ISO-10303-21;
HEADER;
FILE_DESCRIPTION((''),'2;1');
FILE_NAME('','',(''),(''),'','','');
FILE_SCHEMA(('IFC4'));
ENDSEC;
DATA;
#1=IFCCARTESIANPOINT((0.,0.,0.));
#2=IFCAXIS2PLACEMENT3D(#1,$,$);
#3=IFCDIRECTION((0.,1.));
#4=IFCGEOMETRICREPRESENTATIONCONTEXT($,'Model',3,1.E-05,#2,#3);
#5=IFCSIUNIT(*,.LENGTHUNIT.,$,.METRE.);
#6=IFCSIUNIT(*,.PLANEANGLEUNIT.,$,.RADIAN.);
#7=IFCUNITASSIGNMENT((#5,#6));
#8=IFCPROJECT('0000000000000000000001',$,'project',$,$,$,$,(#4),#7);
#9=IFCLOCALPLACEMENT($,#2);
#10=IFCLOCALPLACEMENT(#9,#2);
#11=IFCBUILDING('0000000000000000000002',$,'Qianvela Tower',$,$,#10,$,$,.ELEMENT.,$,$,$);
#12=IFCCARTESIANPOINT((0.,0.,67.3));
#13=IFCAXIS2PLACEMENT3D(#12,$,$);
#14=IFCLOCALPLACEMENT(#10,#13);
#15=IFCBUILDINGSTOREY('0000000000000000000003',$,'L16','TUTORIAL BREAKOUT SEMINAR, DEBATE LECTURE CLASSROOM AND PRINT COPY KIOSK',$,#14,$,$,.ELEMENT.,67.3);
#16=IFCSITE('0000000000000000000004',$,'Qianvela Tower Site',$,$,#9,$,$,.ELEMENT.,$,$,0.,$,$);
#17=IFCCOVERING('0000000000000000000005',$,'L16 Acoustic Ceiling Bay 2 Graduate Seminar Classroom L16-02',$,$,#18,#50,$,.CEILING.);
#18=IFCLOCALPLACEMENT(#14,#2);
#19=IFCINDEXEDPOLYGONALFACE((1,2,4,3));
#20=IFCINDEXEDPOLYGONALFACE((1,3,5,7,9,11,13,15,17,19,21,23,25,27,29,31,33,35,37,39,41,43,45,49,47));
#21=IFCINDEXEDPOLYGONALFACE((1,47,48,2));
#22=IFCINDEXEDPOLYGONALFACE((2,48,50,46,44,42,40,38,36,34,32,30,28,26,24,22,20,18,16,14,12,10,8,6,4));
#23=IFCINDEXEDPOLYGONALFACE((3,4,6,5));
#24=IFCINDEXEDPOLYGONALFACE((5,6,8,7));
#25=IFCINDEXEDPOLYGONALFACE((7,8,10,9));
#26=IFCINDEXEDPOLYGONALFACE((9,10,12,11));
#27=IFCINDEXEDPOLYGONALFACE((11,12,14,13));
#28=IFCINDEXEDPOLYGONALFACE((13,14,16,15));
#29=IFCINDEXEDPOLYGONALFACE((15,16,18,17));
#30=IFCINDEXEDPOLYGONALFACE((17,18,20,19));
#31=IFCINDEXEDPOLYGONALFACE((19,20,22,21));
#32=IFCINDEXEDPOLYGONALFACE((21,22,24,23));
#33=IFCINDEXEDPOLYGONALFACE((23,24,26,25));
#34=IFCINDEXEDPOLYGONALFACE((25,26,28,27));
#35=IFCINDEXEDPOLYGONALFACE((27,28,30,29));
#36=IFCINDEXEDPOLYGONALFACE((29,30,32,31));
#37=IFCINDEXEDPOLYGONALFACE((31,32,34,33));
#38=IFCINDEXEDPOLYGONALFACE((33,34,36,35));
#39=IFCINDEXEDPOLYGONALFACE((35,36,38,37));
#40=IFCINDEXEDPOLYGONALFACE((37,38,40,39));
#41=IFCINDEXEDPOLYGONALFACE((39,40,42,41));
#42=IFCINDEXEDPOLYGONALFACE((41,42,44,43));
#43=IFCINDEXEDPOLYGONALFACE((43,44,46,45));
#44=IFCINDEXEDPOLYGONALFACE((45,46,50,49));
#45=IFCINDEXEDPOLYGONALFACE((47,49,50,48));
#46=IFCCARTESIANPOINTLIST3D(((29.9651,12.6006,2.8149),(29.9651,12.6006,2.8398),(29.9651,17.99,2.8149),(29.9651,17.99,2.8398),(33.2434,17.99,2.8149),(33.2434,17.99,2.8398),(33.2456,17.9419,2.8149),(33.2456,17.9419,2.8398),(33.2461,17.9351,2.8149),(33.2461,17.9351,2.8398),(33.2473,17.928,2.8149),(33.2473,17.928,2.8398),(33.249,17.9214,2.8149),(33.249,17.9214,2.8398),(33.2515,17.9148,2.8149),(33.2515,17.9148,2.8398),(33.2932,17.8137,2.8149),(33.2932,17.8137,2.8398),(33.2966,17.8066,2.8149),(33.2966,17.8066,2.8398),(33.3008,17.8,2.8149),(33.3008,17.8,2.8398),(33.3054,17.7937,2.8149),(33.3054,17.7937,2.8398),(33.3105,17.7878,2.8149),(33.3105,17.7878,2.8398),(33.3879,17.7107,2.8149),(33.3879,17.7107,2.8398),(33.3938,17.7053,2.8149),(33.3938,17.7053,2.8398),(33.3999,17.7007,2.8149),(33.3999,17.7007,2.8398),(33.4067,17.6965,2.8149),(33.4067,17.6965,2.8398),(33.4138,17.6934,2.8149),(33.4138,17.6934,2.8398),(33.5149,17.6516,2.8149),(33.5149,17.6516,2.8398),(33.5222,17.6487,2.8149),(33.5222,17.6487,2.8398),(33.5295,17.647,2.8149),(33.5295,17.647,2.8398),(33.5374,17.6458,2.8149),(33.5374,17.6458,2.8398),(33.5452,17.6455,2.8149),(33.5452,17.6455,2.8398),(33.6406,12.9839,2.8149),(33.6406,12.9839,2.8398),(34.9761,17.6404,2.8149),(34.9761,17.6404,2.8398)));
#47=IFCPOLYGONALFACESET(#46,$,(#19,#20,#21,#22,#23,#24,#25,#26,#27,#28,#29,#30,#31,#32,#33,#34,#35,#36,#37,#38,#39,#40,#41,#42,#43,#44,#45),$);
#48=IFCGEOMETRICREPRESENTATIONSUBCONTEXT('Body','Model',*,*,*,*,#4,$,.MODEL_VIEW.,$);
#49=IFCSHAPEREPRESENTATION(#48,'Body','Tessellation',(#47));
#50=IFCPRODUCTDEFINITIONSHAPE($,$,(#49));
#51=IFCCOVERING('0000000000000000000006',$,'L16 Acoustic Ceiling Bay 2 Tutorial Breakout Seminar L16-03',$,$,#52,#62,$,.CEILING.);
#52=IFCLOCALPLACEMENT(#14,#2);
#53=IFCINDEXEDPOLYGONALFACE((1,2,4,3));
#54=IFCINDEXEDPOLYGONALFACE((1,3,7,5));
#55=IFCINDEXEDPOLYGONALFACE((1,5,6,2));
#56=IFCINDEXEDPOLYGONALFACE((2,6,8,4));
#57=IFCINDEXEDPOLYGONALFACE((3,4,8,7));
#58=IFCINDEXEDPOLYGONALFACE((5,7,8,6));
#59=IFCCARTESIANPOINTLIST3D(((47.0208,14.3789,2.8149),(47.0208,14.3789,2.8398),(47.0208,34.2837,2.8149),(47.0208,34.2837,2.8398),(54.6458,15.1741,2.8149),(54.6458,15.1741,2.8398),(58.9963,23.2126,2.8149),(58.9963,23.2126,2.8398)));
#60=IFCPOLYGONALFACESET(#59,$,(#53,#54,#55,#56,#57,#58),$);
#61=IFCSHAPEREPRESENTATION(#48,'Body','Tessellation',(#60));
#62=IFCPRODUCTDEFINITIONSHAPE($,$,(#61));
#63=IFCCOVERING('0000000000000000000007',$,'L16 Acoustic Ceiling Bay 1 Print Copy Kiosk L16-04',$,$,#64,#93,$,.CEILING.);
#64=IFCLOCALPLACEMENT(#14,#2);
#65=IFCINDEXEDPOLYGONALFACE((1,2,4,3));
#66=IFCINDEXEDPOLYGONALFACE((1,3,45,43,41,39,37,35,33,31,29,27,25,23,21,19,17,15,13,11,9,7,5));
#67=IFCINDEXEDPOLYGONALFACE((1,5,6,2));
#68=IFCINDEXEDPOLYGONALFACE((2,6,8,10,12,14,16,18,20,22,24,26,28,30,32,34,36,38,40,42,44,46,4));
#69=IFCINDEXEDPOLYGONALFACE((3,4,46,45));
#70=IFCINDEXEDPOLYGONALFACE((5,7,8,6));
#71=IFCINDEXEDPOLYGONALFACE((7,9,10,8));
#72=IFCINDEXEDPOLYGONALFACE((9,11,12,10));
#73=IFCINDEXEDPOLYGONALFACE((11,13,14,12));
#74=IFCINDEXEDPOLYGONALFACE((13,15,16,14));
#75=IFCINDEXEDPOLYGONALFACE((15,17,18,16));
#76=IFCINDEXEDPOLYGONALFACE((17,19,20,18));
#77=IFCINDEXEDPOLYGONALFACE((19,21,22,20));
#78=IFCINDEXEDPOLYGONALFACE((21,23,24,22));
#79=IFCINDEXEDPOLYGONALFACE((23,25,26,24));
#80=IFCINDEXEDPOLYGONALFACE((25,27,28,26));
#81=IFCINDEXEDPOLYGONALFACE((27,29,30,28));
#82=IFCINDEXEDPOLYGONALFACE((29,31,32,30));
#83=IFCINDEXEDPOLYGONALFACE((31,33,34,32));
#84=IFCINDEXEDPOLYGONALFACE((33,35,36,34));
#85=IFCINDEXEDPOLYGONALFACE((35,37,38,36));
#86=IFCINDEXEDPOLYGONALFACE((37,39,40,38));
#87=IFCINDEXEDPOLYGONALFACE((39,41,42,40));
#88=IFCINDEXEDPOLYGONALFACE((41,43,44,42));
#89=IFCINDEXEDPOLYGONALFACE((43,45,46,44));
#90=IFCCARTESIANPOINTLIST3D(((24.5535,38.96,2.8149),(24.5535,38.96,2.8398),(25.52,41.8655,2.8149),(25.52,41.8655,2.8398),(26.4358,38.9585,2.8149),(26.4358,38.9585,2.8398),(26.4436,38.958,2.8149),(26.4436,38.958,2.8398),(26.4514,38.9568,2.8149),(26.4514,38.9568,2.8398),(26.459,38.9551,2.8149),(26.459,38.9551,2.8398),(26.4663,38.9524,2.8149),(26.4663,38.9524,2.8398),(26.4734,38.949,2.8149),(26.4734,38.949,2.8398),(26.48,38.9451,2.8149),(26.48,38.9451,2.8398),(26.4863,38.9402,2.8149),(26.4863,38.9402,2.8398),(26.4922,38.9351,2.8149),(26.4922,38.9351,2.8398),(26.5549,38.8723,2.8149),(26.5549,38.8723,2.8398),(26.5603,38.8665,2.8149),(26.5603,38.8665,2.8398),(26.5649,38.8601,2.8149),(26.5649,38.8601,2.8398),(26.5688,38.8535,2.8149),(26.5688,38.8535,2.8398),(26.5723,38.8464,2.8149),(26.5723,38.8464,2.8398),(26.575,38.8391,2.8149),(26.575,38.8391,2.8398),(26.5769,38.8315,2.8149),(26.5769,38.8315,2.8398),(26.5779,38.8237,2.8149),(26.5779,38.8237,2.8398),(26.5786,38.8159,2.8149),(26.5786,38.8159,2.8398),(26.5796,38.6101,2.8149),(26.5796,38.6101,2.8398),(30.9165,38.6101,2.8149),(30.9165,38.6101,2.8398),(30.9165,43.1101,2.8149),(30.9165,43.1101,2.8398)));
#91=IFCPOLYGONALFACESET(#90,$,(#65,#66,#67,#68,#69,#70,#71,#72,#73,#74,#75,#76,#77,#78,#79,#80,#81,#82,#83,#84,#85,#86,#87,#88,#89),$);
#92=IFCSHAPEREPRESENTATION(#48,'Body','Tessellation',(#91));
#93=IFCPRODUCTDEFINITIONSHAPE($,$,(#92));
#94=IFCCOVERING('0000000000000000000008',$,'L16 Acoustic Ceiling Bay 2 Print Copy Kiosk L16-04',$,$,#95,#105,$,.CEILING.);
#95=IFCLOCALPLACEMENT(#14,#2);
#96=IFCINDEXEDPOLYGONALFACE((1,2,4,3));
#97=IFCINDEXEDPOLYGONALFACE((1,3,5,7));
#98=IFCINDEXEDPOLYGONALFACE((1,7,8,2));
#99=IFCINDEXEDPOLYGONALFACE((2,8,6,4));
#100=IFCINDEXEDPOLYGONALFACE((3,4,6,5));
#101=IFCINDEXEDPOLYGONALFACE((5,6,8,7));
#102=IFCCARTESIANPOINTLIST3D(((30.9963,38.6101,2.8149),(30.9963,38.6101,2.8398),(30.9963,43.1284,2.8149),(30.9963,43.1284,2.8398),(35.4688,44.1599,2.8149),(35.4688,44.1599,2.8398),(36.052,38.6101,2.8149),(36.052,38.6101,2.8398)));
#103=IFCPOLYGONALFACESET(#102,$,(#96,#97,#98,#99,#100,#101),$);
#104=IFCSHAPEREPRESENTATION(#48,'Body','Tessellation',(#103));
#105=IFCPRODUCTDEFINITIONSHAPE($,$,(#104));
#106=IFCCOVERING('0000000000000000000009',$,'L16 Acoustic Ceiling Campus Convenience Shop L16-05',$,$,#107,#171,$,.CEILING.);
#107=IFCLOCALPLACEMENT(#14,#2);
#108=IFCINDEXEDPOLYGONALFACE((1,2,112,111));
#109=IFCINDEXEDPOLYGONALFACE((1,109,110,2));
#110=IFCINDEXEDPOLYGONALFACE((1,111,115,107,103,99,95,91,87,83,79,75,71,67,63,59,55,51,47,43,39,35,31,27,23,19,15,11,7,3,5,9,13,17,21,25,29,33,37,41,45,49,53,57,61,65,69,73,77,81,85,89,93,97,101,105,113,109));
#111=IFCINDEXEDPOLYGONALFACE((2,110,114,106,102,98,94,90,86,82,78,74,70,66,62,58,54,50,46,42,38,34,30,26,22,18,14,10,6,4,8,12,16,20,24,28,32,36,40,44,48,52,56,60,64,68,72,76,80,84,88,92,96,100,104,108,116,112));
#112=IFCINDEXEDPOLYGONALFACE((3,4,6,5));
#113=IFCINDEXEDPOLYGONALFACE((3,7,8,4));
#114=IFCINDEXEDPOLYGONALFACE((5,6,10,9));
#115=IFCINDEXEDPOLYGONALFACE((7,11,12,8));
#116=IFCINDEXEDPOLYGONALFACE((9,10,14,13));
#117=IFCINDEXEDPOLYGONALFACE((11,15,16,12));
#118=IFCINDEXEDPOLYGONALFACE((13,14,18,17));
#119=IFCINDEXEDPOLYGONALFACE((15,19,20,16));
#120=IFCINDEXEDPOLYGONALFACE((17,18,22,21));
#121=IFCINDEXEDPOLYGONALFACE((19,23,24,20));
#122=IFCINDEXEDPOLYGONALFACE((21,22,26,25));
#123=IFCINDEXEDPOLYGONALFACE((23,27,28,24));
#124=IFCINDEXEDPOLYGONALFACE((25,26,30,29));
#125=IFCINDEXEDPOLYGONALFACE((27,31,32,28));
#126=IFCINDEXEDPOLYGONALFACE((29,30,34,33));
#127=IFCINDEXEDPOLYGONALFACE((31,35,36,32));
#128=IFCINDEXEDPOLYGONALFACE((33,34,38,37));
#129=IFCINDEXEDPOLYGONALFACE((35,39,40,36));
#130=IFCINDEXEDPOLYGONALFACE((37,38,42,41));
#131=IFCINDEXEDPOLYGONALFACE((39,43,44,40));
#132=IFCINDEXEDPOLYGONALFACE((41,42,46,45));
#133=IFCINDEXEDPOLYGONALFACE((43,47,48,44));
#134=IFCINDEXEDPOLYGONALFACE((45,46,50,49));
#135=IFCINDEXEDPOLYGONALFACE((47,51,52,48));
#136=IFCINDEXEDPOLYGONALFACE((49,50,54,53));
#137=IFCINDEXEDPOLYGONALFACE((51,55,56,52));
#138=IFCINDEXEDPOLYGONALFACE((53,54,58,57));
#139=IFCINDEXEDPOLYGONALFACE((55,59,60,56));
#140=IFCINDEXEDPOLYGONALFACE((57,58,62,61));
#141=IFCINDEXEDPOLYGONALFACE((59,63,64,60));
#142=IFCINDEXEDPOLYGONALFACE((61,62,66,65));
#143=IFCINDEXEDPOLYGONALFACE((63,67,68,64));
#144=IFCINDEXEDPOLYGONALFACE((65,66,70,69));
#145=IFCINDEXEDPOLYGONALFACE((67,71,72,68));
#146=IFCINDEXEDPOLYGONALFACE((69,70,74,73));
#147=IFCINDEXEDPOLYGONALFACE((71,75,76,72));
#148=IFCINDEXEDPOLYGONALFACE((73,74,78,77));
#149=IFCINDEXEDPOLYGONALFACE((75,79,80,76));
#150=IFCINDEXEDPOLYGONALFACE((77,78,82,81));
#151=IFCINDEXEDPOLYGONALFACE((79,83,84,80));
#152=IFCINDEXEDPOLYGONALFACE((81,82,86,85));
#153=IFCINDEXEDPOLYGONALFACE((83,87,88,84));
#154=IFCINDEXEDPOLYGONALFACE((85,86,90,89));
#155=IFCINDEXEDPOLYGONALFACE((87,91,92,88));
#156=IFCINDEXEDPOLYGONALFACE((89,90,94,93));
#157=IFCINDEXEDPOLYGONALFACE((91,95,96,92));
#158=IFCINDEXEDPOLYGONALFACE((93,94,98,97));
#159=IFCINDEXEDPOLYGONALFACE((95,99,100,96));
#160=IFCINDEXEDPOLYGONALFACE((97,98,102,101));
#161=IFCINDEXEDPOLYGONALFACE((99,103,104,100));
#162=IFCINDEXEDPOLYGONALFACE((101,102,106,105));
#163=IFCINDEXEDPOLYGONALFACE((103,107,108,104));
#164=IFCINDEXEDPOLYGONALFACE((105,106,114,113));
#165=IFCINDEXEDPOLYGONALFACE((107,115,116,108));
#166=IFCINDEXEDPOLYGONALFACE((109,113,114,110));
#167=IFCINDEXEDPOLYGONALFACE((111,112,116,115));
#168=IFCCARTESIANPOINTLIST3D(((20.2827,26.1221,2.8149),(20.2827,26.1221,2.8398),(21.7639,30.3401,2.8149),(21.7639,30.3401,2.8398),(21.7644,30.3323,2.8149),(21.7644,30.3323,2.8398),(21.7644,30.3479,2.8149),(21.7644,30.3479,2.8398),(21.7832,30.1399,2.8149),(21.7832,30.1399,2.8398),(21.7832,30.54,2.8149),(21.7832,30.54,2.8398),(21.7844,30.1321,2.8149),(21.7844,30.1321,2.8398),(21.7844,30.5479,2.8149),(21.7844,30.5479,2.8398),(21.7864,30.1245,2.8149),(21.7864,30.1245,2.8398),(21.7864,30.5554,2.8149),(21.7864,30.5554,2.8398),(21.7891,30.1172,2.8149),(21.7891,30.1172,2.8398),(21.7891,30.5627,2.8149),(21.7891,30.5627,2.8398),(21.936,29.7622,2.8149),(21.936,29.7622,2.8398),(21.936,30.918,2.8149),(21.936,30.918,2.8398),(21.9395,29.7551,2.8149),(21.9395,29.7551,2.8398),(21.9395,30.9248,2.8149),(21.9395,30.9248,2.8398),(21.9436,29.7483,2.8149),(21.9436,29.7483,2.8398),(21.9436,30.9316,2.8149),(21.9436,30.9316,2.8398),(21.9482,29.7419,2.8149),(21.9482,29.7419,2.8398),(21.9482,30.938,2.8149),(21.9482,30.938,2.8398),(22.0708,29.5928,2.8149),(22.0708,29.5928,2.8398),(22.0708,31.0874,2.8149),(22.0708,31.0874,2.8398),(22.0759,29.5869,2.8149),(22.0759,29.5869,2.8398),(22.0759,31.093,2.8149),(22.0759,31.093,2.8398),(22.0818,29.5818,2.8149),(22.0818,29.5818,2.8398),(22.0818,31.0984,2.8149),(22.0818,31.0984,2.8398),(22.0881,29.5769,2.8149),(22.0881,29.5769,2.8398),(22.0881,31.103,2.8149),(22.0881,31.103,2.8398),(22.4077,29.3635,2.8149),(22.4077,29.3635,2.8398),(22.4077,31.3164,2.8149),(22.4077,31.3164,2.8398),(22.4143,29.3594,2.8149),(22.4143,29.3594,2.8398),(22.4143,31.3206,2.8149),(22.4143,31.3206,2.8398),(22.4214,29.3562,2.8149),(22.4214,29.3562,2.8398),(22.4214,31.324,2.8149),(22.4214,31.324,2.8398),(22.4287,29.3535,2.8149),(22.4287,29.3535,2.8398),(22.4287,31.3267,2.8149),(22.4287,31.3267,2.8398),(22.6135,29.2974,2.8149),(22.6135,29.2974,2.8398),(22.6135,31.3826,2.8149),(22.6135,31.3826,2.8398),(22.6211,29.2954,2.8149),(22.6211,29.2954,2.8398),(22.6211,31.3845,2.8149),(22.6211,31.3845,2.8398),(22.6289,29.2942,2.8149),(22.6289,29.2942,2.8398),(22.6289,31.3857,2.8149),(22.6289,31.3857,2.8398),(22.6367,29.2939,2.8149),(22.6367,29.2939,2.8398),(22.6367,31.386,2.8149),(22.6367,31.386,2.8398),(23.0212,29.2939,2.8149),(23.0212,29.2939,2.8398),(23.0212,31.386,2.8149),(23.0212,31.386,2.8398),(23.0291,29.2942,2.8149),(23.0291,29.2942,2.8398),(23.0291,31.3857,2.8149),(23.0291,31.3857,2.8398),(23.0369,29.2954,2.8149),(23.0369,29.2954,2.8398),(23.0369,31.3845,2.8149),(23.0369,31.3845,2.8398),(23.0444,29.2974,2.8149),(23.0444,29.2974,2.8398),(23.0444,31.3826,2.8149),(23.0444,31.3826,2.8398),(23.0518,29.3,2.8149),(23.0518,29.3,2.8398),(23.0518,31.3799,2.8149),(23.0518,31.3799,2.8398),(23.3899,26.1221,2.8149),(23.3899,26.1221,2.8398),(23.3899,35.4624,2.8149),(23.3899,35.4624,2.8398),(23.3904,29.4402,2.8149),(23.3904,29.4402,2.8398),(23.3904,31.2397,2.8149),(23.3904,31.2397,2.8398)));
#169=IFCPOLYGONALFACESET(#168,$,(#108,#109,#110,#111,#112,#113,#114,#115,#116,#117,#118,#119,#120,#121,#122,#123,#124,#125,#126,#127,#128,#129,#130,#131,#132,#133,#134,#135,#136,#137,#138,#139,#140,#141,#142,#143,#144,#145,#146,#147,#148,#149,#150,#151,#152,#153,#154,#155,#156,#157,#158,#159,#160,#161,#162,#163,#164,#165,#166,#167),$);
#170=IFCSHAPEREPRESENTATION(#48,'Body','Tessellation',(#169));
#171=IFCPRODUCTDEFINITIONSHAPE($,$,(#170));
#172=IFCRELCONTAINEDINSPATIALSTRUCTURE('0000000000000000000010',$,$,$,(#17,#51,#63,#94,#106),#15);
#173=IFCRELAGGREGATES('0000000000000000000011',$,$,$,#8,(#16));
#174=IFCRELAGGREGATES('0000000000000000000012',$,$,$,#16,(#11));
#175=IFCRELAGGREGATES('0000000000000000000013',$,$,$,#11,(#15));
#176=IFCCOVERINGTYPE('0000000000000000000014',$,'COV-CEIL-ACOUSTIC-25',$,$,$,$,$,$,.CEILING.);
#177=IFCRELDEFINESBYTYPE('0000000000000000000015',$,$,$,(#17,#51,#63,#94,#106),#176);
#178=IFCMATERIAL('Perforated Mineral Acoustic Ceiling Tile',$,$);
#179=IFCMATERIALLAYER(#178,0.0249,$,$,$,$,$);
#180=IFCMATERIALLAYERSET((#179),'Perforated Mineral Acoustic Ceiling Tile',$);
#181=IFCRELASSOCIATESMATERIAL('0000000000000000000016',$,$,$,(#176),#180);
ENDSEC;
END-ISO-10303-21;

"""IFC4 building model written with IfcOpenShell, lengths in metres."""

from ifc_helpers import new_model, si_unit, direction, frame, origin, place, context, subcontext, project, spatial, polyline, outline, extrude, material, layer, layer_set, type_object, element, save


model = new_model("IFC4")

# Units and contexts
model_context = context("Model", 3, precision=1e-05, world=origin(), true_north=direction((0.0, 1.0)))
body_context = subcontext(model_context, "Body", "Model", "MODEL_VIEW")
ifc_project = project(units=[si_unit("LENGTHUNIT", "METRE"), si_unit("PLANEANGLEUNIT", "RADIAN")], contexts=[model_context])

# Site, building, storey
site_placement = place(None, origin())
site = spatial("IfcSite", under=ifc_project, at=site_placement, Name="Qianvela Tower Site", CompositionType="ELEMENT", RefElevation=0.0)
building_placement = place(site_placement, origin())
building = spatial("IfcBuilding", under=site, at=building_placement, Name="Qianvela Tower", CompositionType="ELEMENT")
storey_placement = place(building_placement, frame((0.0, 0.0, 67.3)))
storey = spatial("IfcBuildingStorey", under=building, at=storey_placement, Name="L16", Description="TUTORIAL BREAKOUT SEMINAR, DEBATE LECTURE CLASSROOM AND PRINT COPY KIOSK", CompositionType="ELEMENT", Elevation=67.3)

# Coverings
ifc_material_1 = material(Name="Perforated Mineral Acoustic Ceiling Tile")
ifc_layer_1 = layer(ifc_material_1, 0.0249)
ifc_layer_set_1 = layer_set([ifc_layer_1], Name="Perforated Mineral Acoustic Ceiling Tile")
covering_type_1 = type_object("IfcCoveringType", Name="COV-CEIL-ACOUSTIC-25", PredefinedType="CEILING", material=ifc_layer_set_1)
covering_1_placement = place(storey_placement, frame((0.0, 0.0, 2.8149)))
element("IfcCovering", 1, at=covering_1_placement, inside=storey, type_object=covering_type_1, Name="L16 Acoustic Ceiling Bay 2 Graduate Seminar Classroom L16-02", PredefinedType="CEILING", context=body_context, shape_type="SweptSolid", body=[
    extrude(outline(polyline([(33.2461, 17.9351), (33.2473, 17.928), (33.249, 17.9214), (33.2515, 17.9148), (33.2932, 17.8137), (33.2966, 17.8066), (33.3008, 17.8), (33.3054, 17.7937), (33.3105, 17.7878), (33.3879, 17.7107), (33.3938, 17.7053), (33.3999, 17.7007), (33.4067, 17.6965), (33.4138, 17.6934), (33.5149, 17.6516), (33.5222, 17.6487), (33.5295, 17.647), (33.5374, 17.6458), (33.5452, 17.6455), (34.9761, 17.6404), (33.6406, 12.9839), (29.9651, 12.6006), (29.9651, 17.99), (33.2434, 17.99), (33.2456, 17.9419), (33.2461, 17.9351)])), origin(), (0.0, 0.0, 1.0), 0.0249),
])
covering_2_placement = place(storey_placement, frame((0.0, 0.0, 2.8149)))
element("IfcCovering", 2, at=covering_2_placement, inside=storey, type_object=covering_type_1, Name="L16 Acoustic Ceiling Bay 2 Tutorial Breakout Seminar L16-03", PredefinedType="CEILING", context=body_context, shape_type="SweptSolid", body=[
    extrude(outline(polyline([(58.9963, 23.2126), (54.6458, 15.1741), (47.0208, 14.3789), (47.0208, 34.2837), (58.9963, 23.2126)])), origin(), (0.0, 0.0, 1.0), 0.0249),
])
covering_3_placement = place(storey_placement, frame((0.0, 0.0, 2.8149)))
element("IfcCovering", 3, at=covering_3_placement, inside=storey, type_object=covering_type_1, Name="L16 Acoustic Ceiling Bay 1 Print Copy Kiosk L16-04", PredefinedType="CEILING", context=body_context, shape_type="SweptSolid", body=[
    extrude(outline(polyline([(26.5779, 38.8237), (26.5769, 38.8315), (26.575, 38.8391), (26.5723, 38.8464), (26.5688, 38.8535), (26.5649, 38.8601), (26.5603, 38.8665), (26.5549, 38.8723), (26.4922, 38.9351), (26.4863, 38.9402), (26.48, 38.9451), (26.4734, 38.949), (26.4663, 38.9524), (26.459, 38.9551), (26.4514, 38.9568), (26.4436, 38.958), (26.4358, 38.9585), (24.5535, 38.96), (25.52, 41.8655), (30.9165, 43.1101), (30.9165, 38.6101), (26.5796, 38.6101), (26.5786, 38.8159), (26.5779, 38.8237)])), origin(), (0.0, 0.0, 1.0), 0.0249),
])
covering_4_placement = place(storey_placement, frame((0.0, 0.0, 2.8149)))
element("IfcCovering", 4, at=covering_4_placement, inside=storey, type_object=covering_type_1, Name="L16 Acoustic Ceiling Bay 2 Print Copy Kiosk L16-04", PredefinedType="CEILING", context=body_context, shape_type="SweptSolid", body=[
    extrude(outline(polyline([(35.4688, 44.1599), (36.052, 38.6101), (30.9963, 38.6101), (30.9963, 43.1284), (35.4688, 44.1599)])), origin(), (0.0, 0.0, 1.0), 0.0249),
])
covering_5_placement = place(storey_placement, frame((0.0, 0.0, 2.8149)))
element("IfcCovering", 5, at=covering_5_placement, inside=storey, type_object=covering_type_1, Name="L16 Acoustic Ceiling Campus Convenience Shop L16-05", PredefinedType="CEILING", context=body_context, shape_type="SweptSolid", body=[
    extrude(outline(polyline([(23.3904, 29.4402), (23.3899, 26.1221), (20.2827, 26.1221), (23.3899, 35.4624), (23.3904, 31.2397), (23.0518, 31.3799), (23.0444, 31.3826), (23.0369, 31.3845), (23.0291, 31.3857), (23.0212, 31.386), (22.6367, 31.386), (22.6289, 31.3857), (22.6211, 31.3845), (22.6135, 31.3826), (22.4287, 31.3267), (22.4214, 31.324), (22.4143, 31.3206), (22.4077, 31.3164), (22.0881, 31.103), (22.0818, 31.0984), (22.0759, 31.093), (22.0708, 31.0874), (21.9482, 30.938), (21.9436, 30.9316), (21.9395, 30.9248), (21.936, 30.918), (21.7891, 30.5627), (21.7864, 30.5554), (21.7844, 30.5479), (21.7832, 30.54), (21.7644, 30.3479), (21.7639, 30.3401), (21.7644, 30.3323), (21.7832, 30.1399), (21.7844, 30.1321), (21.7864, 30.1245), (21.7891, 30.1172), (21.936, 29.7622), (21.9395, 29.7551), (21.9436, 29.7483), (21.9482, 29.7419), (22.0708, 29.5928), (22.0759, 29.5869), (22.0818, 29.5818), (22.0881, 29.5769), (22.4077, 29.3635), (22.4143, 29.3594), (22.4214, 29.3562), (22.4287, 29.3535), (22.6135, 29.2974), (22.6211, 29.2954), (22.6289, 29.2942), (22.6367, 29.2939), (23.0212, 29.2939), (23.0291, 29.2942), (23.0369, 29.2954), (23.0444, 29.2974), (23.0518, 29.3), (23.3904, 29.4402)])), origin(), (0.0, 0.0, 1.0), 0.0249),
])

save(model, "model.ifc")
